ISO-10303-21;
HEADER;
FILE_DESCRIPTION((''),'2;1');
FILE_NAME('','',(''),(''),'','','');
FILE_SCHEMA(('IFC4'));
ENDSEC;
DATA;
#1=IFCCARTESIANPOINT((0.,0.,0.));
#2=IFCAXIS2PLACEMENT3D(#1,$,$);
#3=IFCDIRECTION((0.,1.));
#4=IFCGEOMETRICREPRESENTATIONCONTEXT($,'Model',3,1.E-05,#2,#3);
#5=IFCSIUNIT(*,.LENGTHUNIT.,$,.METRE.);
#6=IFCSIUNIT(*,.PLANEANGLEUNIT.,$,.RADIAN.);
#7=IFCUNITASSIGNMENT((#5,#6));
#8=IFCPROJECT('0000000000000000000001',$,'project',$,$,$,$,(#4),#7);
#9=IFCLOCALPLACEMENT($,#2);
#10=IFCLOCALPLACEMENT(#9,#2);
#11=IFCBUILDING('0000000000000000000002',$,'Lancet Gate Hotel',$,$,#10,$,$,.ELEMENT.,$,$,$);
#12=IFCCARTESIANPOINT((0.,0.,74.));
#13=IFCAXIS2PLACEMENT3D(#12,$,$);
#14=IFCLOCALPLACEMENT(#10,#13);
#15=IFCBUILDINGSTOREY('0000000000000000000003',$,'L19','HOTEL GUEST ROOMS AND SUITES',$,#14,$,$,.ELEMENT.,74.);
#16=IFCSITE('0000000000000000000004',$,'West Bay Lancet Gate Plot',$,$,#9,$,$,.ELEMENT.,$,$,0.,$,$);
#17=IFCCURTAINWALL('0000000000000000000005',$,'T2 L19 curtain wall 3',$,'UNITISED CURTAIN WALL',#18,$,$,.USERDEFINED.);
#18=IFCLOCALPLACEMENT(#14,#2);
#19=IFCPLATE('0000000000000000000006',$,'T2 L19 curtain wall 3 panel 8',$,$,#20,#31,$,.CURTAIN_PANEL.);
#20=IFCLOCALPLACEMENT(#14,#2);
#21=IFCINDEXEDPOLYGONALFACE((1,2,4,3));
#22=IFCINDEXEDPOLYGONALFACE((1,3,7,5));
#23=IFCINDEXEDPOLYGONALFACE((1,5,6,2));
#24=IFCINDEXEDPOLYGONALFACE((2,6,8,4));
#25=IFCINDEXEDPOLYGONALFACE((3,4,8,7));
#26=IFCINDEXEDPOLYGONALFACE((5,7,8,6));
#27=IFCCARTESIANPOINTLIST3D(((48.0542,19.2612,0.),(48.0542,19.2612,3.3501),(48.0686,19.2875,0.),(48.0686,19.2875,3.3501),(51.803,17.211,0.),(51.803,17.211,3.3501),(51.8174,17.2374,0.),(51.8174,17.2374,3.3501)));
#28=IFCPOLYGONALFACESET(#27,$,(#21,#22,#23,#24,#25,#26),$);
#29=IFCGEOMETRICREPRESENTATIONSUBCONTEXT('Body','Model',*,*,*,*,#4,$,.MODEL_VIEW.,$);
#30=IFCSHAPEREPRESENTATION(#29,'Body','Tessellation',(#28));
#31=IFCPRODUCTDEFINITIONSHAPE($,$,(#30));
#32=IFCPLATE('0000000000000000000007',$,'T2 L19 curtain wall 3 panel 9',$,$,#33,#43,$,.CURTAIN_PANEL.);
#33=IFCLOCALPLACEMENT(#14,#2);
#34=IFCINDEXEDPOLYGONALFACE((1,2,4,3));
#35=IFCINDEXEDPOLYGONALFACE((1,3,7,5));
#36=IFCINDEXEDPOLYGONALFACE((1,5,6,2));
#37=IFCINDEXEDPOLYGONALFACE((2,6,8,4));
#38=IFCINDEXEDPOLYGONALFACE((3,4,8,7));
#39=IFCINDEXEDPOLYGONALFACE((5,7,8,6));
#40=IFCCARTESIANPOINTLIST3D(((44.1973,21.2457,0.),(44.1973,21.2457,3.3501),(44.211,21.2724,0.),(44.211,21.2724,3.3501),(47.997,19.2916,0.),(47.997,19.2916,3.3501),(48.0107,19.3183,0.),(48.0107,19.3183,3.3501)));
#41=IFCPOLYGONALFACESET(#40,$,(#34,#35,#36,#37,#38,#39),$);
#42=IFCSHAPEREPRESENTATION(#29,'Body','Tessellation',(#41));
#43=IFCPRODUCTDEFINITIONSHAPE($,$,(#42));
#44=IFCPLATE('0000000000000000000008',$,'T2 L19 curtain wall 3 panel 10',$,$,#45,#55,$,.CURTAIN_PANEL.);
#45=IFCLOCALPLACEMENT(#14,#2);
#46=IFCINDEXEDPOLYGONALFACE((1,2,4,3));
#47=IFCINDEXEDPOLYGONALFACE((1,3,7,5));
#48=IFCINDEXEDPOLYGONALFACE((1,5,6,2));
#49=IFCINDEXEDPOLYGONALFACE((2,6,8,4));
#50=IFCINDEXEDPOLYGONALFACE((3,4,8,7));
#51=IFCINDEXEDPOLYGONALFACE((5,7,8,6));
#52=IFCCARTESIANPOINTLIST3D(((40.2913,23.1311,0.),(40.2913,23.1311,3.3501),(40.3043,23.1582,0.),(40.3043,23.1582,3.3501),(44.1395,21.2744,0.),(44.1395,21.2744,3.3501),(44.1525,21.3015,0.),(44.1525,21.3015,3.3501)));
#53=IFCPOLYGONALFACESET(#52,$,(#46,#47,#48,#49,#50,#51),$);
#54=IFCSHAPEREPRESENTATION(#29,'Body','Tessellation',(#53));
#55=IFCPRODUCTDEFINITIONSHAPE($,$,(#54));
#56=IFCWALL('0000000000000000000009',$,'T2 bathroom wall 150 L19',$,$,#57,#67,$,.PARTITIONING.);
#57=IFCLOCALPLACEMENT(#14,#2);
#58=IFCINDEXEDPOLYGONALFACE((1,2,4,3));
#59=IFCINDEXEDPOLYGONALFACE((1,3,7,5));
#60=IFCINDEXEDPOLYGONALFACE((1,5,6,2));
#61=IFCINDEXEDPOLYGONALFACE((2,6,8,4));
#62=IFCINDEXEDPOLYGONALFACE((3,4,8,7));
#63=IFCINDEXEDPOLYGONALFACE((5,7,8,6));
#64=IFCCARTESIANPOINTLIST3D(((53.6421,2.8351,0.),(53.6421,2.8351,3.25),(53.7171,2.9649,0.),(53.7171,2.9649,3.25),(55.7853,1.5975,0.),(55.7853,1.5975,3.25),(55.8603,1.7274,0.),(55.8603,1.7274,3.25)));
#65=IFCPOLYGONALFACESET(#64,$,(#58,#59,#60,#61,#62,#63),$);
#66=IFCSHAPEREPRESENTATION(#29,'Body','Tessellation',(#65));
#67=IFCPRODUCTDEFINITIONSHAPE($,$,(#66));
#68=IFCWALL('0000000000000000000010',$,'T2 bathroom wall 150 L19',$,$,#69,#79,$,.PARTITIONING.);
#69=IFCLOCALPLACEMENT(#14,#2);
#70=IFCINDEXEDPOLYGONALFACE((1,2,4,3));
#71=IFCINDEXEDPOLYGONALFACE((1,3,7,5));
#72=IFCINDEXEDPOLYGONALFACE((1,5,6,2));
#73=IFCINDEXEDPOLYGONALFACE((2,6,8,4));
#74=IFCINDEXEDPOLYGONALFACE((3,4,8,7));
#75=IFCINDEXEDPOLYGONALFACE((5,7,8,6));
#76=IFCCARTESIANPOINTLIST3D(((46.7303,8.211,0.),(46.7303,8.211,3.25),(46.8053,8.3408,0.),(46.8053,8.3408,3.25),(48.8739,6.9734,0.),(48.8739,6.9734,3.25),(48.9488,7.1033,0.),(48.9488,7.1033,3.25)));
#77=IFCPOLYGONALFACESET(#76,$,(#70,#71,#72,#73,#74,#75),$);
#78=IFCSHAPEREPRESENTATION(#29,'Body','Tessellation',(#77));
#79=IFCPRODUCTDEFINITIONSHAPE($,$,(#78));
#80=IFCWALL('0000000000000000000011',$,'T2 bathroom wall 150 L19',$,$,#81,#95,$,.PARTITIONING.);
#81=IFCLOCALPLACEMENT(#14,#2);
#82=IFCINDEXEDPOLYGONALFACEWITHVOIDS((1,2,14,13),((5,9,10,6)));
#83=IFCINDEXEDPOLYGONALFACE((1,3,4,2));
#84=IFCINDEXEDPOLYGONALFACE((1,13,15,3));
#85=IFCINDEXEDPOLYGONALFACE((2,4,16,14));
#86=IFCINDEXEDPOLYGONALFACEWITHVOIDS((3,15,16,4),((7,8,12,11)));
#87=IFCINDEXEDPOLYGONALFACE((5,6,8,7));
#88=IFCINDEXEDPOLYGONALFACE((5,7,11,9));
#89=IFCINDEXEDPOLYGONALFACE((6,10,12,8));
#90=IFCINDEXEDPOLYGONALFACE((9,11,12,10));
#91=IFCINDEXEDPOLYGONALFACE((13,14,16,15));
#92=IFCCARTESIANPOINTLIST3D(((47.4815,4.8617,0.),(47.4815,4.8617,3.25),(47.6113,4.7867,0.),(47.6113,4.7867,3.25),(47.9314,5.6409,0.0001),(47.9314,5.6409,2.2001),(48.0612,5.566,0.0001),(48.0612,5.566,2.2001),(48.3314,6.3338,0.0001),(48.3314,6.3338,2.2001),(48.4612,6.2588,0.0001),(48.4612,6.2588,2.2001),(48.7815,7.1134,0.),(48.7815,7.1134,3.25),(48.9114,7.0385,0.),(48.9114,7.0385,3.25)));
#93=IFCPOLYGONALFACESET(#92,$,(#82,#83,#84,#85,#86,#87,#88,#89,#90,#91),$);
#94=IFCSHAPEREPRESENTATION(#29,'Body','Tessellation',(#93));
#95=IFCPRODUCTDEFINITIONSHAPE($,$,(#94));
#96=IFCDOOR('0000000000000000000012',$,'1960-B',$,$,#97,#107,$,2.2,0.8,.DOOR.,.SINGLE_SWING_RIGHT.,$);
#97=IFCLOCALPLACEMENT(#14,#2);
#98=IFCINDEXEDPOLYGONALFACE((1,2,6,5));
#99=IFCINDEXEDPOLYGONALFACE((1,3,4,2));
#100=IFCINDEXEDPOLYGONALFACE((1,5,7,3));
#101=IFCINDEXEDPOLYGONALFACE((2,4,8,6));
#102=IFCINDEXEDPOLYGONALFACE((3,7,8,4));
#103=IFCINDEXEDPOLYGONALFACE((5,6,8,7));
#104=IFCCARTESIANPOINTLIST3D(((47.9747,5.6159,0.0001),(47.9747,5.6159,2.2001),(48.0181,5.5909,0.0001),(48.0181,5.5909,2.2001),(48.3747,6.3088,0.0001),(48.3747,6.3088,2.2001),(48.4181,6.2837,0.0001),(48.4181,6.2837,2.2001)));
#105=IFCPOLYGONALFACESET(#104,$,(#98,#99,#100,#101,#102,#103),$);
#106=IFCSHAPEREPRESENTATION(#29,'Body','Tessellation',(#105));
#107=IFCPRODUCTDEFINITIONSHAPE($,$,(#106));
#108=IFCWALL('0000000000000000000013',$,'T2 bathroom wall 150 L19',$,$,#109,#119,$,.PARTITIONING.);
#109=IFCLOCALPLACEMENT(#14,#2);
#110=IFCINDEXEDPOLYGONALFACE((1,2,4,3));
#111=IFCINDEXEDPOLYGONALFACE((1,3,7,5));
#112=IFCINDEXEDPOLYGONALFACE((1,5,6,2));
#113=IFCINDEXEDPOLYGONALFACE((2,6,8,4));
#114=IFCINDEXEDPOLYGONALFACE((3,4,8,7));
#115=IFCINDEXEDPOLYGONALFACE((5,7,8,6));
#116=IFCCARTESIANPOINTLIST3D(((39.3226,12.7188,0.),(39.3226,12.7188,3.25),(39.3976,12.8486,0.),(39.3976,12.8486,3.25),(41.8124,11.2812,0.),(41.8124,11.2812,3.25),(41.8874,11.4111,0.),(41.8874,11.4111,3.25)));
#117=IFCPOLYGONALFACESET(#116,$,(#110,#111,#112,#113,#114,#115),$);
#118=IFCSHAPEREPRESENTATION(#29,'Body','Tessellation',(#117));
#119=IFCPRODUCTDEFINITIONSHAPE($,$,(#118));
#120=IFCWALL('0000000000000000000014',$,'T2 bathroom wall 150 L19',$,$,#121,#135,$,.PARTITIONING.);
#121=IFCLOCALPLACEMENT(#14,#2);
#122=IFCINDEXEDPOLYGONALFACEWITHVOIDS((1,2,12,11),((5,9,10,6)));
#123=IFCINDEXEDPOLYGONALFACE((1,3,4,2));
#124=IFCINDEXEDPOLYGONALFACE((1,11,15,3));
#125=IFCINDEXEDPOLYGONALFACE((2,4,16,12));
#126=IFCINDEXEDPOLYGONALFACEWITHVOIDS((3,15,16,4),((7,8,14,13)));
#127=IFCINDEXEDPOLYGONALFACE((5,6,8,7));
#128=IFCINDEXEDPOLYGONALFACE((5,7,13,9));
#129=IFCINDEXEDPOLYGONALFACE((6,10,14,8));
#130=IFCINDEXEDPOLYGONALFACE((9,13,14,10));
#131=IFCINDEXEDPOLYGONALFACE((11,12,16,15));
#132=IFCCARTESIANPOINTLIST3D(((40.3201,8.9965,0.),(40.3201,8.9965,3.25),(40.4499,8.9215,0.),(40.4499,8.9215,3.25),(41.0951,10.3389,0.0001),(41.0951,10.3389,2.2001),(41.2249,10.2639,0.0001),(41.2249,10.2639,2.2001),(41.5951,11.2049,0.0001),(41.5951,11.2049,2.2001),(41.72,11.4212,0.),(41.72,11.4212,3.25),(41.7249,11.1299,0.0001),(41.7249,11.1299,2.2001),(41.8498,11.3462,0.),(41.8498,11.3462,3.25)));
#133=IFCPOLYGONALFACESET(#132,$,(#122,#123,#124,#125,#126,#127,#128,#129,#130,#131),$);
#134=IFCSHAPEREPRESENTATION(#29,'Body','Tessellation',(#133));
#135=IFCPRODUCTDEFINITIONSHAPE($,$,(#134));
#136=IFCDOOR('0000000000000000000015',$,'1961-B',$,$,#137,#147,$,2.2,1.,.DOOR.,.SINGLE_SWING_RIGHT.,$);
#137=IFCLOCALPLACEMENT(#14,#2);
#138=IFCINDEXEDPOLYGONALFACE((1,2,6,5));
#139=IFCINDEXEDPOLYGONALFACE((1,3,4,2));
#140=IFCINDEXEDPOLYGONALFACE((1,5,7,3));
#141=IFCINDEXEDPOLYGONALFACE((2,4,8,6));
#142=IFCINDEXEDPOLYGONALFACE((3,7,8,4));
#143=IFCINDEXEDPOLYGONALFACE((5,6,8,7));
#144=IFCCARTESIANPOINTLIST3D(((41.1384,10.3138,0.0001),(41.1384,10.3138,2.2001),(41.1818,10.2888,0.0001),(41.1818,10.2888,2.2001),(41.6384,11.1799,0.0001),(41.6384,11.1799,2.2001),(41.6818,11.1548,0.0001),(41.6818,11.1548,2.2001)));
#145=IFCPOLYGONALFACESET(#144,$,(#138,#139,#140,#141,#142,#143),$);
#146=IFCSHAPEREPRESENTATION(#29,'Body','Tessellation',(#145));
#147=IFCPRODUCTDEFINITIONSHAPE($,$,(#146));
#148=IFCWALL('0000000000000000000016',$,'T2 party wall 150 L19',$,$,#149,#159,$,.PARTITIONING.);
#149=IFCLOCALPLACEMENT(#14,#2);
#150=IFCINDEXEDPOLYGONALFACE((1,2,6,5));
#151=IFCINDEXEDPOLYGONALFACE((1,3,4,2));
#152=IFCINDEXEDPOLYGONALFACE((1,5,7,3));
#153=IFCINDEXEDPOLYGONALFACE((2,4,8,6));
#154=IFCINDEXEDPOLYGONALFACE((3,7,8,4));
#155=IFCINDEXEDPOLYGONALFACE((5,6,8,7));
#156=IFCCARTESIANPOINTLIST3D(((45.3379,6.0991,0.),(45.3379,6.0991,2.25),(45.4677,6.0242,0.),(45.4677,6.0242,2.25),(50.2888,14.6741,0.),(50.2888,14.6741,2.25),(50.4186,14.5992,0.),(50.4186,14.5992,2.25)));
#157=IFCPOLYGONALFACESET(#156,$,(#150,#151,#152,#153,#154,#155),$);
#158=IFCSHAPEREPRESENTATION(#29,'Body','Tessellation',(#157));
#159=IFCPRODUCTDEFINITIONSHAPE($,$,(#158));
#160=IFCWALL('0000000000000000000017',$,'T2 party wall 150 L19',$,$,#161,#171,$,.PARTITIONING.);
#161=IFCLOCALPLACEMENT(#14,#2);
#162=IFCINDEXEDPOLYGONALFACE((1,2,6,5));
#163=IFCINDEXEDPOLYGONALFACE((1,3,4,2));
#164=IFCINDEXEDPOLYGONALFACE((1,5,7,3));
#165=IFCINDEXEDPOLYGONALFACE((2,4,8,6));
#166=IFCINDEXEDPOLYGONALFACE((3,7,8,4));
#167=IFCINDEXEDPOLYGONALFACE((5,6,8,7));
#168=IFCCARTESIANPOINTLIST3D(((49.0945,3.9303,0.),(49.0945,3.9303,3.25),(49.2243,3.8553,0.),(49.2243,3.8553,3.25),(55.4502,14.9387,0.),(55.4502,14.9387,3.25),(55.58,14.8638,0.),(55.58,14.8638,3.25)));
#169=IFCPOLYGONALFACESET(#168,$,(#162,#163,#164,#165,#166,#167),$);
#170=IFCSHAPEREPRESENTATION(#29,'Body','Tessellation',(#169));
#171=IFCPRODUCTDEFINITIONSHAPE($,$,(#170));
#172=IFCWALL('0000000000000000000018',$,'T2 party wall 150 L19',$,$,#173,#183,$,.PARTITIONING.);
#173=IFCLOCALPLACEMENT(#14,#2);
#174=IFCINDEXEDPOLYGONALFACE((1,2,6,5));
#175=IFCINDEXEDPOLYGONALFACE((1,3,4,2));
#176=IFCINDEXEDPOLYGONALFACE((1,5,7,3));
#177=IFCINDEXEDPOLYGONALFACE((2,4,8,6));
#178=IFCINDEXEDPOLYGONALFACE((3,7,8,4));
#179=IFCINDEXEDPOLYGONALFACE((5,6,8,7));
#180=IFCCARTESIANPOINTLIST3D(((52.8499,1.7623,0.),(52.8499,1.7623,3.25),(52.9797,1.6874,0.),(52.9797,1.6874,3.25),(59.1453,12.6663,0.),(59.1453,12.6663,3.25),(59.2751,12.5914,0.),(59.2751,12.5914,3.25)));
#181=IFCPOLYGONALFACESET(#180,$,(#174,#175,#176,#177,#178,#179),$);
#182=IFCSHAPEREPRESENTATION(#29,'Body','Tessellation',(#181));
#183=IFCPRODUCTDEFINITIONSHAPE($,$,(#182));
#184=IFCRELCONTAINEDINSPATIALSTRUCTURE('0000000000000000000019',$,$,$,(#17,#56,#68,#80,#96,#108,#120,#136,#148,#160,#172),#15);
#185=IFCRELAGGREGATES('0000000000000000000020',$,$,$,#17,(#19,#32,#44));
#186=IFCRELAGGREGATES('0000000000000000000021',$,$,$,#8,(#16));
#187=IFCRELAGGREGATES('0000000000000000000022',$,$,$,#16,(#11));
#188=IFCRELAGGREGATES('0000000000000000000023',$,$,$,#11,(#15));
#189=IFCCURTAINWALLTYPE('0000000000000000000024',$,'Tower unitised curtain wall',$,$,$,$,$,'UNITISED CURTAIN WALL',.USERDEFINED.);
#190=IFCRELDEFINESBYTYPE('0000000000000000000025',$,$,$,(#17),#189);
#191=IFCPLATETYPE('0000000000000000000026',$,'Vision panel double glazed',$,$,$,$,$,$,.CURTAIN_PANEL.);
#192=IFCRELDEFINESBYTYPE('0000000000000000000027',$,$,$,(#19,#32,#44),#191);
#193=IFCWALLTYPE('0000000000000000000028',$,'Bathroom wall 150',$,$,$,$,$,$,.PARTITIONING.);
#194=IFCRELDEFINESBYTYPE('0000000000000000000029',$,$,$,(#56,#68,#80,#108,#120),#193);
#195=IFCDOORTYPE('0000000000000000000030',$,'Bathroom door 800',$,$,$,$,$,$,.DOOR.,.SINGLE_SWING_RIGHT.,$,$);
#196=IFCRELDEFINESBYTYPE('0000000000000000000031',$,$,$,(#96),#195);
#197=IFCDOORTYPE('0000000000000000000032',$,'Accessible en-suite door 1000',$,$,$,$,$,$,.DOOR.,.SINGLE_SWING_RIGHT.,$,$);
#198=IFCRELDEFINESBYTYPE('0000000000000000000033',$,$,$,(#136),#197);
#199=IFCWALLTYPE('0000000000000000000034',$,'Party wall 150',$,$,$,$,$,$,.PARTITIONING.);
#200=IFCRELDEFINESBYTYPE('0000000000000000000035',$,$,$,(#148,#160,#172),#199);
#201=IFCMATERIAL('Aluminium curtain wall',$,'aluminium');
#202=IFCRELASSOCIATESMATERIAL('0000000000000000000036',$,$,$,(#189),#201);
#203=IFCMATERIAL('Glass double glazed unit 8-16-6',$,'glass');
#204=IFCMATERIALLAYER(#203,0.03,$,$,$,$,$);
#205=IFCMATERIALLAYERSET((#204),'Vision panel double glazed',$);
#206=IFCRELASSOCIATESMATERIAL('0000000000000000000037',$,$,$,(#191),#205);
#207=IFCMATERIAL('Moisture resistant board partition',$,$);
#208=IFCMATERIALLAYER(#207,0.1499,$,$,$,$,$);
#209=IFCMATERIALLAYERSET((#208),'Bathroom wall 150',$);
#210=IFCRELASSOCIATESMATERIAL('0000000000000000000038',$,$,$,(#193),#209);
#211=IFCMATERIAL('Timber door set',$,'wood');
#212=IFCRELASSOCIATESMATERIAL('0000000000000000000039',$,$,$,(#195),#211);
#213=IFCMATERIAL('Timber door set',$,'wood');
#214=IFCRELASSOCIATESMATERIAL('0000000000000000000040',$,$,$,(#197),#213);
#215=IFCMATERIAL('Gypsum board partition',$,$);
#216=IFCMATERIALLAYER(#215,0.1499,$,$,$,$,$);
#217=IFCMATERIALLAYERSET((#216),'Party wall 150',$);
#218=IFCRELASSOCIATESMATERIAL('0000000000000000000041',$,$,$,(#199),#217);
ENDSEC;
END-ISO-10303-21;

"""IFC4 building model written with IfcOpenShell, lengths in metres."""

from ifc_helpers import new_model, si_unit, direction, frame, frame_2d, origin, origin_2d, place, context, subcontext, project, spatial, rectangle, extrude, material, layer, layer_set, type_object, element, fill, aggregate, save


model = new_model("IFC4")

# Units and contexts
model_context = context("Model", 3, precision=1e-05, world=origin(), true_north=direction((0.0, 1.0)))
body_context = subcontext(model_context, "Body", "Model", "MODEL_VIEW")
ifc_project = project(units=[si_unit("LENGTHUNIT", "METRE"), si_unit("PLANEANGLEUNIT", "RADIAN")], contexts=[model_context])

# Site, building, storey
site_placement = place(None, origin())
site = spatial("IfcSite", under=ifc_project, at=site_placement, Name="West Bay Lancet Gate Plot", CompositionType="ELEMENT", RefElevation=0.0)
building_placement = place(site_placement, origin())
building = spatial("IfcBuilding", under=site, at=building_placement, Name="Lancet Gate Hotel", CompositionType="ELEMENT")
storey_placement = place(building_placement, frame((0.0, 0.0, 74.0)))
storey = spatial("IfcBuildingStorey", under=building, at=storey_placement, Name="L19", Description="HOTEL GUEST ROOMS AND SUITES", CompositionType="ELEMENT", Elevation=74.0)

# Curtain wall
ifc_material_1 = material(Name="Aluminium curtain wall", Category="aluminium")
curtain_wall_type = type_object("IfcCurtainWallType", Name="Tower unitised curtain wall", ElementType="UNITISED CURTAIN WALL", PredefinedType="USERDEFINED", material=ifc_material_1)
curtain_wall_placement = place(storey_placement, origin())
curtain_wall = element("IfcCurtainWall", 1, at=curtain_wall_placement, inside=storey, type_object=curtain_wall_type, Name="T2 L19 curtain wall 3", ObjectType="UNITISED CURTAIN WALL", PredefinedType="USERDEFINED")

# Plates
ifc_material_2 = material(Name="Glass double glazed unit 8-16-6", Category="glass")
ifc_layer_1 = layer(ifc_material_2, 0.03)
ifc_layer_set_1 = layer_set([ifc_layer_1], Name="Vision panel double glazed")
plate_type = type_object("IfcPlateType", Name="Vision panel double glazed", PredefinedType="CURTAIN_PANEL", material=ifc_layer_set_1)
plate_1_placement = place(storey_placement, frame((49.9358, 18.2493, 0.0), z_axis=(0.0, 0.0, 1.0), x_axis=(-0.877368, 0.479818, 0.0)))
plate_1 = element("IfcPlate", 2, at=plate_1_placement, type_object=plate_type, Name="T2 L19 curtain wall 3 panel 8", PredefinedType="CURTAIN_PANEL", context=body_context, shape_type="SweptSolid", body=[
    extrude(rectangle(XDim=4.2727, YDim=0.03, at=origin_2d()), origin(), (0.0, 0.0, 1.0), 3.3501),
])
plate_2_placement = place(storey_placement, frame((46.104, 20.282, 0.0), z_axis=(0.0, 0.0, 1.0), x_axis=(-0.889296, 0.457332, 0.0)))
plate_2 = element("IfcPlate", 3, at=plate_2_placement, type_object=plate_type, Name="T2 L19 curtain wall 3 panel 9", PredefinedType="CURTAIN_PANEL", context=body_context, shape_type="SweptSolid", body=[
    extrude(rectangle(XDim=4.2727, YDim=0.03, at=origin_2d()), origin(), (0.0, 0.0, 1.0), 3.3501),
])
plate_3_placement = place(storey_placement, frame((42.2219, 22.2163, 0.0), z_axis=(0.0, 0.0, 1.0), x_axis=(-0.900647, 0.43455, 0.0)))
plate_3 = element("IfcPlate", 4, at=plate_3_placement, type_object=plate_type, Name="T2 L19 curtain wall 3 panel 10", PredefinedType="CURTAIN_PANEL", context=body_context, shape_type="SweptSolid", body=[
    extrude(rectangle(XDim=4.2727, YDim=0.03, at=origin_2d()), origin(), (0.0, 0.0, 1.0), 3.3501),
])
aggregate(curtain_wall, [plate_1, plate_2, plate_3])

# Walls
ifc_material_3 = material(Name="Moisture resistant board partition")
ifc_layer_2 = layer(ifc_material_3, 0.1499)
ifc_layer_set_2 = layer_set([ifc_layer_2], Name="Bathroom wall 150")
wall_type_1 = type_object("IfcWallType", Name="Bathroom wall 150", PredefinedType="PARTITIONING", material=ifc_layer_set_2)
wall_1_placement = place(storey_placement, frame((53.6797, 2.8999, 0.0), z_axis=(0.0, 0.0, 1.0), x_axis=(0.866007, -0.500033, 0.0)))
element("IfcWall", 5, at=wall_1_placement, inside=storey, type_object=wall_type_1, Name="T2 bathroom wall 150 L19", PredefinedType="PARTITIONING", context=body_context, shape_type="SweptSolid", body=[
    extrude(rectangle(XDim=2.4749, YDim=0.1499, at=frame_2d((1.2373, 0.0))), origin(), (0.0, 0.0, 1.0), 3.25),
])
wall_2_placement = place(storey_placement, frame((46.7678, 8.2759, 0.0), z_axis=(0.0, 0.0, 1.0), x_axis=(0.866031, -0.49999, 0.0)))
element("IfcWall", 6, at=wall_2_placement, inside=storey, type_object=wall_type_1, Name="T2 bathroom wall 150 L19", PredefinedType="PARTITIONING", context=body_context, shape_type="SweptSolid", body=[
    extrude(rectangle(XDim=2.4751, YDim=0.1499, at=frame_2d((1.2375, 0.0))), origin(), (0.0, 0.0, 1.0), 3.25),
])

# Wall, opening, door
wall_3_placement = place(storey_placement, frame((47.5464, 4.8242, 0.0), z_axis=(0.0, 0.0, 1.0), x_axis=(0.500007, 0.866021, 0.0)))
wall_3 = element("IfcWall", 7, at=wall_3_placement, inside=storey, type_object=wall_type_1, Name="T2 bathroom wall 150 L19", PredefinedType="PARTITIONING", context=body_context, shape_type="SweptSolid", body=[
    extrude(rectangle(XDim=2.6001, YDim=0.1499, at=frame_2d((1.3, 0.0))), origin(), (0.0, 0.0, 1.0), 3.25),
])
opening_1_placement = place(wall_3_placement, frame((0.8999, 0.0, 0.0)))
opening_1 = element("IfcOpeningElement", 8, at=opening_1_placement, cuts=wall_3, PredefinedType="OPENING", context=body_context, shape_type="SweptSolid", body=[
    extrude(rectangle(XDim=0.8, YDim=2.2, at=frame_2d((0.3999, 1.1001))), frame((0.0, 0.085, 0.0), z_axis=(0.0, -1.0, 0.0), x_axis=(1.0, 0.0, 0.0)), (0.0, 0.0, 1.0), 0.1699),
])
ifc_material_4 = material(Name="Timber door set", Category="wood")
door_type_1 = type_object("IfcDoorType", Name="Bathroom door 800", OperationType="SINGLE_SWING_RIGHT", PredefinedType="DOOR", material=ifc_material_4)
door_1_placement = place(opening_1_placement, origin())
door_1 = element("IfcDoor", 9, at=door_1_placement, inside=storey, type_object=door_type_1, Name="1960-B", OperationType="SINGLE_SWING_RIGHT", OverallHeight=2.2, OverallWidth=0.8, PredefinedType="DOOR", context=body_context, shape_type="SweptSolid", body=[
    extrude(rectangle(XDim=0.8, YDim=2.2, at=frame_2d((0.3999, 1.1001))), frame((0.0, 0.0249, 0.0), z_axis=(0.0, -1.0, 0.0), x_axis=(1.0, 0.0, 0.0)), (0.0, 0.0, 1.0), 0.05),
])
fill(opening_1, door_1)

# Wall
wall_4_placement = place(storey_placement, frame((39.3601, 12.7837, 0.0), z_axis=(0.0, 0.0, 1.0), x_axis=(0.866019, -0.500012, 0.0)))
element("IfcWall", 10, at=wall_4_placement, inside=storey, type_object=wall_type_1, Name="T2 bathroom wall 150 L19", PredefinedType="PARTITIONING", context=body_context, shape_type="SweptSolid", body=[
    extrude(rectangle(XDim=2.875, YDim=0.1499, at=frame_2d((1.4375, 0.0))), origin(), (0.0, 0.0, 1.0), 3.25),
])

# Wall, opening, door
wall_5_placement = place(storey_placement, frame((40.385, 8.959, 0.0), z_axis=(0.0, 0.0, 1.0), x_axis=(0.499984, 0.866035, 0.0)))
wall_5 = element("IfcWall", 11, at=wall_5_placement, inside=storey, type_object=wall_type_1, Name="T2 bathroom wall 150 L19", PredefinedType="PARTITIONING", context=body_context, shape_type="SweptSolid", body=[
    extrude(rectangle(XDim=2.7998, YDim=0.1499, at=frame_2d((1.3999, 0.0))), origin(), (0.0, 0.0, 1.0), 3.25),
])
opening_2_placement = place(wall_5_placement, frame((1.55, 0.0, 0.0)))
opening_2 = element("IfcOpeningElement", 12, at=opening_2_placement, cuts=wall_5, PredefinedType="OPENING", context=body_context, shape_type="SweptSolid", body=[
    extrude(rectangle(XDim=1.0, YDim=2.2, at=frame_2d((0.5, 1.1001))), frame((0.0, 0.085, 0.0), z_axis=(0.0, -1.0, 0.0), x_axis=(1.0, 0.0, 0.0)), (0.0, 0.0, 1.0), 0.1699),
])
ifc_material_5 = material(Name="Timber door set", Category="wood")
door_type_2 = type_object("IfcDoorType", Name="Accessible en-suite door 1000", OperationType="SINGLE_SWING_RIGHT", PredefinedType="DOOR", material=ifc_material_5)
door_2_placement = place(opening_2_placement, origin())
door_2 = element("IfcDoor", 13, at=door_2_placement, inside=storey, type_object=door_type_2, Name="1961-B", OperationType="SINGLE_SWING_RIGHT", OverallHeight=2.2, OverallWidth=1.0, PredefinedType="DOOR", context=body_context, shape_type="SweptSolid", body=[
    extrude(rectangle(XDim=1.0, YDim=2.2, at=frame_2d((0.5, 1.1001))), frame((0.0, 0.0249, 0.0), z_axis=(0.0, -1.0, 0.0), x_axis=(1.0, 0.0, 0.0)), (0.0, 0.0, 1.0), 0.05),
])
fill(opening_2, door_2)

# Walls
ifc_material_6 = material(Name="Gypsum board partition")
ifc_layer_3 = layer(ifc_material_6, 0.1499)
ifc_layer_set_3 = layer_set([ifc_layer_3], Name="Party wall 150")
wall_type_2 = type_object("IfcWallType", Name="Party wall 150", PredefinedType="PARTITIONING", material=ifc_layer_set_3)
wall_6_placement = place(storey_placement, frame((45.4028, 6.0618, 0.0), z_axis=(0.0, 0.0, 1.0), x_axis=(0.500013, 0.866018, 0.0)))
element("IfcWall", 14, at=wall_6_placement, inside=storey, type_object=wall_type_2, Name="T2 party wall 150 L19", PredefinedType="PARTITIONING", context=body_context, shape_type="SweptSolid", body=[
    extrude(rectangle(XDim=9.9016, YDim=0.1499, at=frame_2d((4.9507, 0.0))), origin(), (0.0, 0.0, 1.0), 2.25),
])
wall_7_placement = place(storey_placement, frame((49.1594, 3.8928, 0.0), z_axis=(0.0, 0.0, 1.0), x_axis=(0.499996, 0.866028, 0.0)))
element("IfcWall", 15, at=wall_7_placement, inside=storey, type_object=wall_type_2, Name="T2 party wall 150 L19", PredefinedType="PARTITIONING", context=body_context, shape_type="SweptSolid", body=[
    extrude(rectangle(XDim=12.7114, YDim=0.1499, at=frame_2d((6.3557, 0.0))), origin(), (0.0, 0.0, 1.0), 3.25),
])
wall_8_placement = place(storey_placement, frame((52.9148, 1.7249, 0.0), z_axis=(0.0, 0.0, 1.0), x_axis=(0.499997, 0.866027, 0.0)))
element("IfcWall", 16, at=wall_8_placement, inside=storey, type_object=wall_type_2, Name="T2 party wall 150 L19", PredefinedType="PARTITIONING", context=body_context, shape_type="SweptSolid", body=[
    extrude(rectangle(XDim=12.5908, YDim=0.1499, at=frame_2d((6.2954, 0.0))), origin(), (0.0, 0.0, 1.0), 3.25),
])

save(model, "model.ifc")
